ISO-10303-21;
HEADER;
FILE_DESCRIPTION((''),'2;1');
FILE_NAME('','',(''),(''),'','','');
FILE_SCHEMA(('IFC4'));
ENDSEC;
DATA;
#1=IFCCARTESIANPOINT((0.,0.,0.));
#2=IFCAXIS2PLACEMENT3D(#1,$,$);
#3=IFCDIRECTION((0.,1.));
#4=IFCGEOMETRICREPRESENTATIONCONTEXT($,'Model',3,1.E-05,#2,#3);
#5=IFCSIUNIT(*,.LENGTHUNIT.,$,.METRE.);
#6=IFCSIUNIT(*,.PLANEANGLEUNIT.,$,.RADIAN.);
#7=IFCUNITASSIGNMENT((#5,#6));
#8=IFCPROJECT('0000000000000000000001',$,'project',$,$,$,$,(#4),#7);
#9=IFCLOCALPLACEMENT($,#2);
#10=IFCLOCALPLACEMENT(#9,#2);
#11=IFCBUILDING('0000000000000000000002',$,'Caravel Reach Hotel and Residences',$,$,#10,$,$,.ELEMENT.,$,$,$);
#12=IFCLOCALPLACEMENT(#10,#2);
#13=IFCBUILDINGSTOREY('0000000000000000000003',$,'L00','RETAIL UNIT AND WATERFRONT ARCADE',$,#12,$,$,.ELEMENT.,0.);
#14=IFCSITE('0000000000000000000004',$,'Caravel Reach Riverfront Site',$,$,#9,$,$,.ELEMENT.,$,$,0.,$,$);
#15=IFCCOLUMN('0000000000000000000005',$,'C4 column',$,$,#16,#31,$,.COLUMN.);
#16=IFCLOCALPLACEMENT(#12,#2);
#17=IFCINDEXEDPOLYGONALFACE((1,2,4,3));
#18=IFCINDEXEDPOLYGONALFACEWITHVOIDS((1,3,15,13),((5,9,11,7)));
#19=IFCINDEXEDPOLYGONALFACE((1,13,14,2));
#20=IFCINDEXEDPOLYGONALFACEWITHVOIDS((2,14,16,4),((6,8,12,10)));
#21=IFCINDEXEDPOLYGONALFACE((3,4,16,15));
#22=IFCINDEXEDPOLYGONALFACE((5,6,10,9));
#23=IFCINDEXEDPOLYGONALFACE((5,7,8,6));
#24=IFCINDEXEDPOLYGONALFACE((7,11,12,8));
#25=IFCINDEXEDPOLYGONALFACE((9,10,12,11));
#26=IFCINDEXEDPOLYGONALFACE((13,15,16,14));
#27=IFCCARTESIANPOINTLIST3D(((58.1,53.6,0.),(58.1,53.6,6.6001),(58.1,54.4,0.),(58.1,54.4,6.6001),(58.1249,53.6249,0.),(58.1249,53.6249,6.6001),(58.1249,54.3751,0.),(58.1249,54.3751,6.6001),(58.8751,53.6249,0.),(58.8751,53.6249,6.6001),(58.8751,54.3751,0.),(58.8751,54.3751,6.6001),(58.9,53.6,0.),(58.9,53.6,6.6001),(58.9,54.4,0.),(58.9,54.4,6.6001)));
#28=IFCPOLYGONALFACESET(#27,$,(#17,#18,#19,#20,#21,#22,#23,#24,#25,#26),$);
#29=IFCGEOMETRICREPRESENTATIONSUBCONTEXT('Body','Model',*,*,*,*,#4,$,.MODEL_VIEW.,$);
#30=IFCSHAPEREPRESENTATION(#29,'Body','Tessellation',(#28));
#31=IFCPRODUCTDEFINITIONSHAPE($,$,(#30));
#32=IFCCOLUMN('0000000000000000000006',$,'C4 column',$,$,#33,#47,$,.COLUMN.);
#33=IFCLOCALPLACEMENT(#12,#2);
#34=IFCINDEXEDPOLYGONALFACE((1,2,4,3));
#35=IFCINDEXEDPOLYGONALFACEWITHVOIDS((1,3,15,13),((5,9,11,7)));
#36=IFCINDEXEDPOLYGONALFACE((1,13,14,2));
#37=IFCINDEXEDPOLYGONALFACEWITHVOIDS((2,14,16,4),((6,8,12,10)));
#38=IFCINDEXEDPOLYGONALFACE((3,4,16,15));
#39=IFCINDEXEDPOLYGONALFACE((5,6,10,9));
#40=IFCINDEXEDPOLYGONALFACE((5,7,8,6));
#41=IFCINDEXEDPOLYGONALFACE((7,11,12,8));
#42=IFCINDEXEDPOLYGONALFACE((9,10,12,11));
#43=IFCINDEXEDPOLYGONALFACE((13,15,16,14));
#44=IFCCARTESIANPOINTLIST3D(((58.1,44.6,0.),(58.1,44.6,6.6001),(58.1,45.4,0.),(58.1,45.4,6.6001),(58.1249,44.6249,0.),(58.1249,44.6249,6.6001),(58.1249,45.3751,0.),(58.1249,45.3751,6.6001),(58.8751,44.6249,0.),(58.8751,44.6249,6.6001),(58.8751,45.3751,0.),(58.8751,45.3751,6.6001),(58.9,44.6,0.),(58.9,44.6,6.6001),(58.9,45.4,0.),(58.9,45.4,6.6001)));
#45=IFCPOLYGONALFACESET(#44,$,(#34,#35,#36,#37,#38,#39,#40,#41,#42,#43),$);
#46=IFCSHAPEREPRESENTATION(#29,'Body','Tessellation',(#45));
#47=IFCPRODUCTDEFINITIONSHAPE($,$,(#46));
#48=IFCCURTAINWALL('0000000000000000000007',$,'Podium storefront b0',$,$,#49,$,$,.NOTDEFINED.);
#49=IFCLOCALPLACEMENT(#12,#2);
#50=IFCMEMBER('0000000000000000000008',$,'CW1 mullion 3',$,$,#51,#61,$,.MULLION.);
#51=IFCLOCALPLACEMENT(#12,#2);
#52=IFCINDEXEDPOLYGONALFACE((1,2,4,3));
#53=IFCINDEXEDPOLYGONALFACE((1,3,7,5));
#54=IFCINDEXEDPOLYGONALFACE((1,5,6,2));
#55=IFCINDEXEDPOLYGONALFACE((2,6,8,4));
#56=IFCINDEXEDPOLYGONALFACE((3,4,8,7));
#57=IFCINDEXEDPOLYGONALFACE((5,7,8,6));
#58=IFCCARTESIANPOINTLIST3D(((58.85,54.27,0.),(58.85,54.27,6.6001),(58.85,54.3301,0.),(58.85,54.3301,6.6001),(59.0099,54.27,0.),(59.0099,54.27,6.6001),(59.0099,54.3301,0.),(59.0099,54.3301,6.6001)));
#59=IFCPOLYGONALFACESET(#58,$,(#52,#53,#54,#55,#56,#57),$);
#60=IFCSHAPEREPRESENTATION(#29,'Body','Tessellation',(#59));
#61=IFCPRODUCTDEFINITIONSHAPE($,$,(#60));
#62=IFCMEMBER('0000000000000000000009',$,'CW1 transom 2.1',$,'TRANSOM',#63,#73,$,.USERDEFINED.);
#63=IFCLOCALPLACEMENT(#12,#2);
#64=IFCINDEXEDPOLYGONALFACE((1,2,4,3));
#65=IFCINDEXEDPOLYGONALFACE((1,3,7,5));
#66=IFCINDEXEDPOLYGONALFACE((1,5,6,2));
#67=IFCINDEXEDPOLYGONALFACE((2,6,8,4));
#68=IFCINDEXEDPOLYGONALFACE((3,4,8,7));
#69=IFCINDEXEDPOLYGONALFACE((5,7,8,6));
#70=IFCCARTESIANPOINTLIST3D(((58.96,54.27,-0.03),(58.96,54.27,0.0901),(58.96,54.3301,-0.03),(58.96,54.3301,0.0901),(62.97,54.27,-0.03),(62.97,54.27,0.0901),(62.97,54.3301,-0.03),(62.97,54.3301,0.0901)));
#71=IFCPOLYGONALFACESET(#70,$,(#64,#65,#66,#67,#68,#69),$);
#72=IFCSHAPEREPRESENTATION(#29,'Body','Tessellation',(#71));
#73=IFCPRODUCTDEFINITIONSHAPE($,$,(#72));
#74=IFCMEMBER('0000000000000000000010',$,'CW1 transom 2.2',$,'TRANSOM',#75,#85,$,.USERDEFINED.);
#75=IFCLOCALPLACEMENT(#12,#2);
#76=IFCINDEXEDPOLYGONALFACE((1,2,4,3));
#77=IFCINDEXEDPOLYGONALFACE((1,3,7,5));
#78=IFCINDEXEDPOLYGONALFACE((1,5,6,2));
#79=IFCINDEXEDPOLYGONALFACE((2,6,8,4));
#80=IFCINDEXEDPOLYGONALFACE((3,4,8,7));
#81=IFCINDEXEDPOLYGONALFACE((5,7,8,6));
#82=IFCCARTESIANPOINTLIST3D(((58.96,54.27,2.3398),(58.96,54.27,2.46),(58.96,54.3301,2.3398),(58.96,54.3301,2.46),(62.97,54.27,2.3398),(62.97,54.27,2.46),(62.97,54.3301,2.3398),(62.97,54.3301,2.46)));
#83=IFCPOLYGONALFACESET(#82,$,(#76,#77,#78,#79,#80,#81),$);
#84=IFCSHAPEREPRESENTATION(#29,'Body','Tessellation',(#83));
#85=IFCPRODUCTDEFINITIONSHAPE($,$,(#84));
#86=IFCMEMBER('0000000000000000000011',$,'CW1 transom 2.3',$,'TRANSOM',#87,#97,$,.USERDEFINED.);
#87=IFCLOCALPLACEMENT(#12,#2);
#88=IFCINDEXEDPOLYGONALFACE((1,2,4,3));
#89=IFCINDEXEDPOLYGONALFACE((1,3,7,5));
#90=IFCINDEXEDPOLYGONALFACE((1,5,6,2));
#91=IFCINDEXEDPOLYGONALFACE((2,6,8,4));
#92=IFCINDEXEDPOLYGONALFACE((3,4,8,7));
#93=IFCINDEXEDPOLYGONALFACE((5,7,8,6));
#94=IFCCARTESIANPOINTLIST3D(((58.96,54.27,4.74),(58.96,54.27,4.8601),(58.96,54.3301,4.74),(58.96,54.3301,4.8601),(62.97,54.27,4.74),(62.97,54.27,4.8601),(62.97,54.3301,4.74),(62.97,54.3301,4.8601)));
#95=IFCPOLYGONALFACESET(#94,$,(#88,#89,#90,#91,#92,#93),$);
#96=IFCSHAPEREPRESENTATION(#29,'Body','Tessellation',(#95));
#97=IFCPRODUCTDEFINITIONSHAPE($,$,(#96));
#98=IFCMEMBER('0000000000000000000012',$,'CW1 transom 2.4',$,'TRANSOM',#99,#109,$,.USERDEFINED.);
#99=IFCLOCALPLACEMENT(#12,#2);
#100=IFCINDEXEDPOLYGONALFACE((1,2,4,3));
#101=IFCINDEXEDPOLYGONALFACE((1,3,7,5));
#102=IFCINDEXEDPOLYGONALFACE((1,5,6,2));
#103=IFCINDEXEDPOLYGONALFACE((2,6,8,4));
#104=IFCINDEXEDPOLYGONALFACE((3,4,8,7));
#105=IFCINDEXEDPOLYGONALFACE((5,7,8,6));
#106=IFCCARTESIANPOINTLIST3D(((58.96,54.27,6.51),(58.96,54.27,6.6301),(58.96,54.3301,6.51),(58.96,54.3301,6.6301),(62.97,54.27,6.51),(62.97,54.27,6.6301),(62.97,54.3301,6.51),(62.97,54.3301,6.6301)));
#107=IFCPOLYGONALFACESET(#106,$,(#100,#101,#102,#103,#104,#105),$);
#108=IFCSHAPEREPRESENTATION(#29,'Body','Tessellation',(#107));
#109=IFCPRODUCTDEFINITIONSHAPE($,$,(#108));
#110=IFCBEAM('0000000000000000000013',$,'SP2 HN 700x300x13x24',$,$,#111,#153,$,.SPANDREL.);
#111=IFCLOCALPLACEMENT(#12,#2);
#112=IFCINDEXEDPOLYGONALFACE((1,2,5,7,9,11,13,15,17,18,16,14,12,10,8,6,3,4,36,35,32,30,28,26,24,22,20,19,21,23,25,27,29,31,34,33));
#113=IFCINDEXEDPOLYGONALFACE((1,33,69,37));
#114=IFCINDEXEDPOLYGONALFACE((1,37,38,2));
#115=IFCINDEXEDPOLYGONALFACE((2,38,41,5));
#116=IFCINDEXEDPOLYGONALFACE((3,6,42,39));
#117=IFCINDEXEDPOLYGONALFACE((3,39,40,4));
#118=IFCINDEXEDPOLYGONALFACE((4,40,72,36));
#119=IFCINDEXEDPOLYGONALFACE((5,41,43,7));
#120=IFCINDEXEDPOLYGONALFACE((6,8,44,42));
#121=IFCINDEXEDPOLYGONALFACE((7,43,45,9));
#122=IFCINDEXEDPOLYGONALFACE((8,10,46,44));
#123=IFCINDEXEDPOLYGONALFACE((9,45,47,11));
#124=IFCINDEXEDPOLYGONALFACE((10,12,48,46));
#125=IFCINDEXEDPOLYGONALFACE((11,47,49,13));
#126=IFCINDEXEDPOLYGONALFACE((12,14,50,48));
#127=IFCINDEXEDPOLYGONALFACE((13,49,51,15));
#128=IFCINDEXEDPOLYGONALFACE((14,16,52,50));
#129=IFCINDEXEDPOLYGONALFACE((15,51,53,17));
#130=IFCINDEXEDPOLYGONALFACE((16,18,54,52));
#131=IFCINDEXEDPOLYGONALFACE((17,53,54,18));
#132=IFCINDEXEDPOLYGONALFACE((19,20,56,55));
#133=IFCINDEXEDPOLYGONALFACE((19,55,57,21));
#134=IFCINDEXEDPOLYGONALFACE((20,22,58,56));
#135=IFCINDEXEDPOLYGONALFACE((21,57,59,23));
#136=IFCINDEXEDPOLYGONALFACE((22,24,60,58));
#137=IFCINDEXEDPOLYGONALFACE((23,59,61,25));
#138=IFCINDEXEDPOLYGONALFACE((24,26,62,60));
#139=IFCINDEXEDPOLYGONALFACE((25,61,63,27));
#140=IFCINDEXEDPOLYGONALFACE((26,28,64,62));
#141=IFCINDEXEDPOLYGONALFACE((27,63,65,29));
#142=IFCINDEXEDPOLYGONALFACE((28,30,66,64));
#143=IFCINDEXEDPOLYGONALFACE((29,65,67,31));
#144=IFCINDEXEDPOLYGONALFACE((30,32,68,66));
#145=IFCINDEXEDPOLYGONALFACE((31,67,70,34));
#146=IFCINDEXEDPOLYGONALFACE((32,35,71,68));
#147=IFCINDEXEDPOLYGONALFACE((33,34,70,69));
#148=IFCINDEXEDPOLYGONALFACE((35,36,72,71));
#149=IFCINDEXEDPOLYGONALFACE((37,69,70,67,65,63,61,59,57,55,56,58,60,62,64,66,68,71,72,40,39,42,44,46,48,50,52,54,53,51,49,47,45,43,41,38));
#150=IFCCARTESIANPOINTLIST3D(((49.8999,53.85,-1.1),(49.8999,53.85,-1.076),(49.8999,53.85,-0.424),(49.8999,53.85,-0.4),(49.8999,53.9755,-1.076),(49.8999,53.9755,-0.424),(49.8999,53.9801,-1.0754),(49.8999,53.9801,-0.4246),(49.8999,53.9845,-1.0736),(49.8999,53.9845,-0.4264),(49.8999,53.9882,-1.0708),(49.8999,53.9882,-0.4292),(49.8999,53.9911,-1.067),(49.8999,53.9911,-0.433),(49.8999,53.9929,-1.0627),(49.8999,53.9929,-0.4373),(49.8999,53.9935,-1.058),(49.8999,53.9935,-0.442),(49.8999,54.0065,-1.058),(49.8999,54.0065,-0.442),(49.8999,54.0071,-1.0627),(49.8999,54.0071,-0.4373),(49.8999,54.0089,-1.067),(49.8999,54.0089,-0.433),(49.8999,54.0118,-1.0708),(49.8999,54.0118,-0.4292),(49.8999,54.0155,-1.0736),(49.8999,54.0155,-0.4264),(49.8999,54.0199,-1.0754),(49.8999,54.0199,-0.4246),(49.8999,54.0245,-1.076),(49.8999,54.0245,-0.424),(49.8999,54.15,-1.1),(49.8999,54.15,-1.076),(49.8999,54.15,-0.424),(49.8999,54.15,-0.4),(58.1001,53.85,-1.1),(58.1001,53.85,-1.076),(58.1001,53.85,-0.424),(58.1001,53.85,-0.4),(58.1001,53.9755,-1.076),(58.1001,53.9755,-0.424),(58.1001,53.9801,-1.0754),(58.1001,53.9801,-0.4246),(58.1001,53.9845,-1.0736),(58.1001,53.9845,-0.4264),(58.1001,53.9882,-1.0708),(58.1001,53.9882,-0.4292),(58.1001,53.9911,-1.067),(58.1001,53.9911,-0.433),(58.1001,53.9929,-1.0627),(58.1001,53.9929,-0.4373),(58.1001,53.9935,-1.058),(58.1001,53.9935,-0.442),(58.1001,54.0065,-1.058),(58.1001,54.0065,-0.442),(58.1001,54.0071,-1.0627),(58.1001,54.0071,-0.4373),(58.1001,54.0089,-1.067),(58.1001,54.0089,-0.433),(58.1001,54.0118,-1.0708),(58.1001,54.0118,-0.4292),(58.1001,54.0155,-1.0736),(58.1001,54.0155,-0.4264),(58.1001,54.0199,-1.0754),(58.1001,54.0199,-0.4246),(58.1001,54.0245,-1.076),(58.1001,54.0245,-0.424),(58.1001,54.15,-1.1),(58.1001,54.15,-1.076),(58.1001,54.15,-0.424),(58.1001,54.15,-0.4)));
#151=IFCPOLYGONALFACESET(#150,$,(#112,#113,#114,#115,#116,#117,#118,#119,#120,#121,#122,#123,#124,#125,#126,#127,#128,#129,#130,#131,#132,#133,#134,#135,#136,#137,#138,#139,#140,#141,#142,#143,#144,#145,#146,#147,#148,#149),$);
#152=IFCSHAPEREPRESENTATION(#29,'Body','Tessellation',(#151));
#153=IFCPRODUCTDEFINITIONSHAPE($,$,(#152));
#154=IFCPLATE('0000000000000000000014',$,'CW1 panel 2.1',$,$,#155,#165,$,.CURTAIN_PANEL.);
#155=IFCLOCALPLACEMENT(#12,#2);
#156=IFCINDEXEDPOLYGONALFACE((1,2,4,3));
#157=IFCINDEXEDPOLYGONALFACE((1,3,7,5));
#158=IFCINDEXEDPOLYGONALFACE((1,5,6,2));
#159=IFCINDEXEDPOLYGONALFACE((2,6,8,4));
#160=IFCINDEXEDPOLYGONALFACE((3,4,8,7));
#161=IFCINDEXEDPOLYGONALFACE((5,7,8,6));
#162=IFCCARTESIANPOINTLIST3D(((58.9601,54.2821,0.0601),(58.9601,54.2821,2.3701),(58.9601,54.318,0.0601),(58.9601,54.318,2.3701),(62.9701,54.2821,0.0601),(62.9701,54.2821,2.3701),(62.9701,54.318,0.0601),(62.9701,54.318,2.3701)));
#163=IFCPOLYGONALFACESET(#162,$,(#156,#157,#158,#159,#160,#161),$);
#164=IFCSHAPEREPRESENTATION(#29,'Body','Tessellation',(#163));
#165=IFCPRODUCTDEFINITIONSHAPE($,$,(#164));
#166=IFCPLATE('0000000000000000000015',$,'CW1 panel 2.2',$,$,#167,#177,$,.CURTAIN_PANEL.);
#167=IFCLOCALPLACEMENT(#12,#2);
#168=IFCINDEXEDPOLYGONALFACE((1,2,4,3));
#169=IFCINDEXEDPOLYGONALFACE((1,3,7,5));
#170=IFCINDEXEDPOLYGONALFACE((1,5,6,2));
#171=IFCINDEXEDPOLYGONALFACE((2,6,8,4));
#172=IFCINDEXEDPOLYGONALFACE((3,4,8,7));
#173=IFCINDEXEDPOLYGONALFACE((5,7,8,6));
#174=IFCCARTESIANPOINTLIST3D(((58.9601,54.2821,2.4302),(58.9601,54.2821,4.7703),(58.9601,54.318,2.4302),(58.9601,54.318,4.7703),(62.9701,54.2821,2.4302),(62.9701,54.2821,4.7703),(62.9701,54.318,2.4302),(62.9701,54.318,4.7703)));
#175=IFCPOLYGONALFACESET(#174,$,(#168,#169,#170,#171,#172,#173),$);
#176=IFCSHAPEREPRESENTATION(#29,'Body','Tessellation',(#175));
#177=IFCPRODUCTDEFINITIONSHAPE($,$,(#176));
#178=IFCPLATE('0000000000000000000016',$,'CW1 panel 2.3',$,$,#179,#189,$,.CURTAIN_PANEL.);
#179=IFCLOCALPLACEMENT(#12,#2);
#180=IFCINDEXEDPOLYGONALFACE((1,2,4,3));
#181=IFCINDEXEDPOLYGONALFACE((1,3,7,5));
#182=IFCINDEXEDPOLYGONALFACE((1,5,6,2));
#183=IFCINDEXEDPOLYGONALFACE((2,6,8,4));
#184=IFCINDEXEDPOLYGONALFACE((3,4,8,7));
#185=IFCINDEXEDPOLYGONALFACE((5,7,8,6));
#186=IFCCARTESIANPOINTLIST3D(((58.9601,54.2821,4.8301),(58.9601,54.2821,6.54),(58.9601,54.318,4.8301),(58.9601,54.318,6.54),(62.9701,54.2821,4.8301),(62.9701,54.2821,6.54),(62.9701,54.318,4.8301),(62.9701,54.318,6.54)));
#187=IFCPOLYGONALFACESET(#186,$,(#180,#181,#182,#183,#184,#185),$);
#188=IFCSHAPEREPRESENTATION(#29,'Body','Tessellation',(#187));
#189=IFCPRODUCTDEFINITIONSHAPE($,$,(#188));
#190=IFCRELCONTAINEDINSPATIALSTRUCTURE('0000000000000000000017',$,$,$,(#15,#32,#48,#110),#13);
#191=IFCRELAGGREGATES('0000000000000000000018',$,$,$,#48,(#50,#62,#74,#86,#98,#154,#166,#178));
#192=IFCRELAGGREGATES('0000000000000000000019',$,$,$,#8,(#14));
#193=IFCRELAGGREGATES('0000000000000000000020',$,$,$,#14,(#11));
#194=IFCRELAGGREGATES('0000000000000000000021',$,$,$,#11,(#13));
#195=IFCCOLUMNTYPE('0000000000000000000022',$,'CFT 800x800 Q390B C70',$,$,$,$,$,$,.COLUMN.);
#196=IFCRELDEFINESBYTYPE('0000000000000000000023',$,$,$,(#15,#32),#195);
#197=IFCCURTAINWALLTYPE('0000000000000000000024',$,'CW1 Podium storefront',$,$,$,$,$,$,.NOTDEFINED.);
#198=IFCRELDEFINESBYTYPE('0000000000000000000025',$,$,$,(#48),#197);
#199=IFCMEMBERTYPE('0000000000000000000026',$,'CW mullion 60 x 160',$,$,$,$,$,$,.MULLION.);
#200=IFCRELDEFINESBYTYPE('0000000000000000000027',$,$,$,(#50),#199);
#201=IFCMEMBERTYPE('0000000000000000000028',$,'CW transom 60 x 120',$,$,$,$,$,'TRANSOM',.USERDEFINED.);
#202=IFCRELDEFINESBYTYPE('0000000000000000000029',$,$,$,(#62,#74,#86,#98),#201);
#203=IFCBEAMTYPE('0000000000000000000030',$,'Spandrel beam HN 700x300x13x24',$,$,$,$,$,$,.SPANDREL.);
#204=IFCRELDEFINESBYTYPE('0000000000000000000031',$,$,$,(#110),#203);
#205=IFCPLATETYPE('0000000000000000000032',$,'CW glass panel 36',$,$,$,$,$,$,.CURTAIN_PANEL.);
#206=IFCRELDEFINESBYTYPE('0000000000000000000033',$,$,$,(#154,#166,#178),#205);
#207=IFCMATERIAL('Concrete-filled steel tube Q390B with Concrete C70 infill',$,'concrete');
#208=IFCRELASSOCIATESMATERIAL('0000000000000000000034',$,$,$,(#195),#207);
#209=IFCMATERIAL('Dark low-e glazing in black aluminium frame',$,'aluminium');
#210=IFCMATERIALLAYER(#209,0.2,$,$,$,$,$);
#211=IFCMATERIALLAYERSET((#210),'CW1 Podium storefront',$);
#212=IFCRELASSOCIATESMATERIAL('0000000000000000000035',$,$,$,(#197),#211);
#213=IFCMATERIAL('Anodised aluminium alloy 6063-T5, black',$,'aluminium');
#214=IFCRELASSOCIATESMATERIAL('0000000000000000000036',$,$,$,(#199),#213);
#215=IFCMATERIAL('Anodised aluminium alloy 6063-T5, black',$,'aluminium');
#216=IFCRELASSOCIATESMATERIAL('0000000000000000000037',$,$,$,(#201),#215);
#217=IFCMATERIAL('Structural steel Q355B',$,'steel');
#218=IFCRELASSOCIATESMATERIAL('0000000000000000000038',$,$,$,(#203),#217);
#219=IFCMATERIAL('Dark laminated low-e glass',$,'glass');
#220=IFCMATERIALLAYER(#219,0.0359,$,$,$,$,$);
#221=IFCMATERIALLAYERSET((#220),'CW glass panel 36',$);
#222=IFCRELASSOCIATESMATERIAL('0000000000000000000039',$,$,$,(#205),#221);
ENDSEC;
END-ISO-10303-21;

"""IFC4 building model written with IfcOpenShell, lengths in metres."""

from ifc_helpers import new_model, si_unit, direction, frame, origin, origin_2d, place, context, subcontext, project, spatial, rectangle, hollow_rectangle, i_section, extrude, material, layer, layer_set, material_profile, profile_set, type_object, element, aggregate, save


model = new_model("IFC4")

# Units and contexts
model_context = context("Model", 3, precision=1e-05, world=origin(), true_north=direction((0.0, 1.0)))
body_context = subcontext(model_context, "Body", "Model", "MODEL_VIEW")
ifc_project = project(units=[si_unit("LENGTHUNIT", "METRE"), si_unit("PLANEANGLEUNIT", "RADIAN")], contexts=[model_context])

# Site, building, storey
site_placement = place(None, origin())
site = spatial("IfcSite", under=ifc_project, at=site_placement, Name="Caravel Reach Riverfront Site", CompositionType="ELEMENT", RefElevation=0.0)
building_placement = place(site_placement, origin())
building = spatial("IfcBuilding", under=site, at=building_placement, Name="Caravel Reach Hotel and Residences", CompositionType="ELEMENT")
storey_placement = place(building_placement, origin())
storey = spatial("IfcBuildingStorey", under=building, at=storey_placement, Name="L00", Description="RETAIL UNIT AND WATERFRONT ARCADE", CompositionType="ELEMENT", Elevation=0.0)

# Columns
ifc_material_1 = material(Name="Concrete-filled steel tube Q390B with Concrete C70 infill", Category="concrete")
ifc_material_profile_1 = material_profile(ifc_material_1, hollow_rectangle(XDim=0.8, YDim=0.8, WallThickness=0.0249, at=origin_2d()), Name="RHS 800x800x25")
ifc_profile_set_1 = profile_set([ifc_material_profile_1], Name="Concrete-filled steel tube Q390B with Concrete C70 infill")
column_type = type_object("IfcColumnType", Name="CFT 800x800 Q390B C70", PredefinedType="COLUMN", material=ifc_profile_set_1)
for number, where, z_axis, x_axis, name in (
    (1, (58.5, 54.0, 0.0), (0.0, 0.0, 1.0), (1.0, 0.0, 0.0), "C4 column"),
    (2, (58.5, 45.0, 0.0), (0.0, 0.0, 1.0), (1.0, 0.0, 0.0), "C4 column"),
):
    element("IfcColumn", number, at=place(storey_placement, frame(where, z_axis=z_axis, x_axis=x_axis)), inside=storey, type_object=column_type, Name=name, PredefinedType="COLUMN", context=body_context, shape_type="SweptSolid", body=[
        extrude(hollow_rectangle(XDim=0.8, YDim=0.8, WallThickness=0.0249, at=origin_2d()), origin(), (0.0, 0.0, 1.0), 6.6001),
    ])

# Curtain wall, members
ifc_material_2 = material(Name="Dark low-e glazing in black aluminium frame", Category="aluminium")
ifc_layer_1 = layer(ifc_material_2, 0.2)
ifc_layer_set_1 = layer_set([ifc_layer_1], Name="CW1 Podium storefront")
curtain_wall_type = type_object("IfcCurtainWallType", Name="CW1 Podium storefront", PredefinedType="NOTDEFINED", material=ifc_layer_set_1)
curtain_wall_placement = place(storey_placement, origin())
curtain_wall = element("IfcCurtainWall", 3, at=curtain_wall_placement, inside=storey, type_object=curtain_wall_type, Name="Podium storefront b0", PredefinedType="NOTDEFINED")
ifc_material_3 = material(Name="Anodised aluminium alloy 6063-T5, black", Category="aluminium")
ifc_material_profile_2 = material_profile(ifc_material_3, rectangle(XDim=0.0601, YDim=0.1599, at=origin_2d()), Name="CW mullion 60 x 160")
ifc_profile_set_2 = profile_set([ifc_material_profile_2], Name="Anodised aluminium alloy 6063-T5, black")
member_type_1 = type_object("IfcMemberType", Name="CW mullion 60 x 160", PredefinedType="MULLION", material=ifc_profile_set_2)
member_1_placement = place(storey_placement, frame((58.9299, 54.3, 0.0), z_axis=(0.0, 0.0, 1.0), x_axis=(0.0, -1.0, 0.0)))
member_1 = element("IfcMember", 4, at=member_1_placement, type_object=member_type_1, Name="CW1 mullion 3", PredefinedType="MULLION", context=body_context, shape_type="SweptSolid", body=[
    extrude(rectangle(XDim=0.0601, YDim=0.1599, at=origin_2d()), origin(), (0.0, 0.0, 1.0), 6.6001),
])
ifc_material_4 = material(Name="Anodised aluminium alloy 6063-T5, black", Category="aluminium")
ifc_material_profile_3 = material_profile(ifc_material_4, rectangle(XDim=0.0601, YDim=0.1201, at=origin_2d()), Name="CW transom 60 x 120")
ifc_profile_set_3 = profile_set([ifc_material_profile_3], Name="Anodised aluminium alloy 6063-T5, black")
member_type_2 = type_object("IfcMemberType", Name="CW transom 60 x 120", ElementType="TRANSOM", PredefinedType="USERDEFINED", material=ifc_profile_set_3)
member_2_placement = place(storey_placement, frame((62.97, 54.3, 0.03), z_axis=(-1.0, 0.0, 0.0), x_axis=(0.0, -1.0, 0.0)))
member_2 = element("IfcMember", 5, at=member_2_placement, type_object=member_type_2, Name="CW1 transom 2.1", ObjectType="TRANSOM", PredefinedType="USERDEFINED", context=body_context, shape_type="SweptSolid", body=[
    extrude(rectangle(XDim=0.0601, YDim=0.1201, at=origin_2d()), origin(), (0.0, 0.0, 1.0), 4.01),
])
member_3_placement = place(storey_placement, frame((62.97, 54.3, 2.3999), z_axis=(-1.0, 0.0, 0.0), x_axis=(0.0, -1.0, 0.0)))
member_3 = element("IfcMember", 6, at=member_3_placement, type_object=member_type_2, Name="CW1 transom 2.2", ObjectType="TRANSOM", PredefinedType="USERDEFINED", context=body_context, shape_type="SweptSolid", body=[
    extrude(rectangle(XDim=0.0601, YDim=0.1201, at=origin_2d()), origin(), (0.0, 0.0, 1.0), 4.01),
])
member_4_placement = place(storey_placement, frame((62.97, 54.3, 4.8), z_axis=(-1.0, 0.0, 0.0), x_axis=(0.0, -1.0, 0.0)))
member_4 = element("IfcMember", 7, at=member_4_placement, type_object=member_type_2, Name="CW1 transom 2.3", ObjectType="TRANSOM", PredefinedType="USERDEFINED", context=body_context, shape_type="SweptSolid", body=[
    extrude(rectangle(XDim=0.0601, YDim=0.1201, at=origin_2d()), origin(), (0.0, 0.0, 1.0), 4.01),
])
member_5_placement = place(storey_placement, frame((62.97, 54.3, 6.5701), z_axis=(-1.0, 0.0, 0.0), x_axis=(0.0, -1.0, 0.0)))
member_5 = element("IfcMember", 8, at=member_5_placement, type_object=member_type_2, Name="CW1 transom 2.4", ObjectType="TRANSOM", PredefinedType="USERDEFINED", context=body_context, shape_type="SweptSolid", body=[
    extrude(rectangle(XDim=0.0601, YDim=0.1201, at=origin_2d()), origin(), (0.0, 0.0, 1.0), 4.01),
])

# Beam
ifc_material_5 = material(Name="Structural steel Q355B", Category="steel")
ifc_material_profile_4 = material_profile(ifc_material_5, i_section(OverallWidth=0.3, OverallDepth=0.7, WebThickness=0.0129, FlangeThickness=0.0239, FilletRadius=0.0181, at=origin_2d()), Name="HN 700x300x13x24")
ifc_profile_set_4 = profile_set([ifc_material_profile_4], Name="Structural steel Q355B")
beam_type = type_object("IfcBeamType", Name="Spandrel beam HN 700x300x13x24", PredefinedType="SPANDREL", material=ifc_profile_set_4)
beam_placement = place(storey_placement, frame((58.1001, 54.0, -0.75), z_axis=(-1.0, 0.0, 0.0), x_axis=(0.0, -1.0, 0.0)))
element("IfcBeam", 9, at=beam_placement, inside=storey, type_object=beam_type, Name="SP2 HN 700x300x13x24", PredefinedType="SPANDREL", context=body_context, shape_type="SweptSolid", body=[
    extrude(i_section(OverallWidth=0.3, OverallDepth=0.7, WebThickness=0.0129, FlangeThickness=0.0239, FilletRadius=0.0181, at=origin_2d()), origin(), (0.0, 0.0, 1.0), 8.2002),
])

# Plates
ifc_material_6 = material(Name="Dark laminated low-e glass", Category="glass")
ifc_layer_2 = layer(ifc_material_6, 0.0359)
ifc_layer_set_2 = layer_set([ifc_layer_2], Name="CW glass panel 36")
plate_type = type_object("IfcPlateType", Name="CW glass panel 36", PredefinedType="CURTAIN_PANEL", material=ifc_layer_set_2)
plate_1_placement = place(storey_placement, frame((60.9651, 54.3, 0.0601), z_axis=(0.0, 0.0, 1.0), x_axis=(-1.0, 0.0, 0.0)))
plate_1 = element("IfcPlate", 10, at=plate_1_placement, type_object=plate_type, Name="CW1 panel 2.1", PredefinedType="CURTAIN_PANEL", context=body_context, shape_type="SweptSolid", body=[
    extrude(rectangle(XDim=4.01, YDim=0.0359, at=origin_2d()), origin(), (0.0, 0.0, 1.0), 2.3101),
])
plate_2_placement = place(storey_placement, frame((60.9651, 54.3, 2.4302), z_axis=(0.0, 0.0, 1.0), x_axis=(-1.0, 0.0, 0.0)))
plate_2 = element("IfcPlate", 11, at=plate_2_placement, type_object=plate_type, Name="CW1 panel 2.2", PredefinedType="CURTAIN_PANEL", context=body_context, shape_type="SweptSolid", body=[
    extrude(rectangle(XDim=4.01, YDim=0.0359, at=origin_2d()), origin(), (0.0, 0.0, 1.0), 2.3401),
])
plate_3_placement = place(storey_placement, frame((60.9651, 54.3, 4.8301), z_axis=(0.0, 0.0, 1.0), x_axis=(-1.0, 0.0, 0.0)))
plate_3 = element("IfcPlate", 12, at=plate_3_placement, type_object=plate_type, Name="CW1 panel 2.3", PredefinedType="CURTAIN_PANEL", context=body_context, shape_type="SweptSolid", body=[
    extrude(rectangle(XDim=4.01, YDim=0.0359, at=origin_2d()), origin(), (0.0, 0.0, 1.0), 1.71),
])
aggregate(curtain_wall, [member_1, member_2, member_3, member_4, member_5, plate_1, plate_2, plate_3])

save(model, "model.ifc")
